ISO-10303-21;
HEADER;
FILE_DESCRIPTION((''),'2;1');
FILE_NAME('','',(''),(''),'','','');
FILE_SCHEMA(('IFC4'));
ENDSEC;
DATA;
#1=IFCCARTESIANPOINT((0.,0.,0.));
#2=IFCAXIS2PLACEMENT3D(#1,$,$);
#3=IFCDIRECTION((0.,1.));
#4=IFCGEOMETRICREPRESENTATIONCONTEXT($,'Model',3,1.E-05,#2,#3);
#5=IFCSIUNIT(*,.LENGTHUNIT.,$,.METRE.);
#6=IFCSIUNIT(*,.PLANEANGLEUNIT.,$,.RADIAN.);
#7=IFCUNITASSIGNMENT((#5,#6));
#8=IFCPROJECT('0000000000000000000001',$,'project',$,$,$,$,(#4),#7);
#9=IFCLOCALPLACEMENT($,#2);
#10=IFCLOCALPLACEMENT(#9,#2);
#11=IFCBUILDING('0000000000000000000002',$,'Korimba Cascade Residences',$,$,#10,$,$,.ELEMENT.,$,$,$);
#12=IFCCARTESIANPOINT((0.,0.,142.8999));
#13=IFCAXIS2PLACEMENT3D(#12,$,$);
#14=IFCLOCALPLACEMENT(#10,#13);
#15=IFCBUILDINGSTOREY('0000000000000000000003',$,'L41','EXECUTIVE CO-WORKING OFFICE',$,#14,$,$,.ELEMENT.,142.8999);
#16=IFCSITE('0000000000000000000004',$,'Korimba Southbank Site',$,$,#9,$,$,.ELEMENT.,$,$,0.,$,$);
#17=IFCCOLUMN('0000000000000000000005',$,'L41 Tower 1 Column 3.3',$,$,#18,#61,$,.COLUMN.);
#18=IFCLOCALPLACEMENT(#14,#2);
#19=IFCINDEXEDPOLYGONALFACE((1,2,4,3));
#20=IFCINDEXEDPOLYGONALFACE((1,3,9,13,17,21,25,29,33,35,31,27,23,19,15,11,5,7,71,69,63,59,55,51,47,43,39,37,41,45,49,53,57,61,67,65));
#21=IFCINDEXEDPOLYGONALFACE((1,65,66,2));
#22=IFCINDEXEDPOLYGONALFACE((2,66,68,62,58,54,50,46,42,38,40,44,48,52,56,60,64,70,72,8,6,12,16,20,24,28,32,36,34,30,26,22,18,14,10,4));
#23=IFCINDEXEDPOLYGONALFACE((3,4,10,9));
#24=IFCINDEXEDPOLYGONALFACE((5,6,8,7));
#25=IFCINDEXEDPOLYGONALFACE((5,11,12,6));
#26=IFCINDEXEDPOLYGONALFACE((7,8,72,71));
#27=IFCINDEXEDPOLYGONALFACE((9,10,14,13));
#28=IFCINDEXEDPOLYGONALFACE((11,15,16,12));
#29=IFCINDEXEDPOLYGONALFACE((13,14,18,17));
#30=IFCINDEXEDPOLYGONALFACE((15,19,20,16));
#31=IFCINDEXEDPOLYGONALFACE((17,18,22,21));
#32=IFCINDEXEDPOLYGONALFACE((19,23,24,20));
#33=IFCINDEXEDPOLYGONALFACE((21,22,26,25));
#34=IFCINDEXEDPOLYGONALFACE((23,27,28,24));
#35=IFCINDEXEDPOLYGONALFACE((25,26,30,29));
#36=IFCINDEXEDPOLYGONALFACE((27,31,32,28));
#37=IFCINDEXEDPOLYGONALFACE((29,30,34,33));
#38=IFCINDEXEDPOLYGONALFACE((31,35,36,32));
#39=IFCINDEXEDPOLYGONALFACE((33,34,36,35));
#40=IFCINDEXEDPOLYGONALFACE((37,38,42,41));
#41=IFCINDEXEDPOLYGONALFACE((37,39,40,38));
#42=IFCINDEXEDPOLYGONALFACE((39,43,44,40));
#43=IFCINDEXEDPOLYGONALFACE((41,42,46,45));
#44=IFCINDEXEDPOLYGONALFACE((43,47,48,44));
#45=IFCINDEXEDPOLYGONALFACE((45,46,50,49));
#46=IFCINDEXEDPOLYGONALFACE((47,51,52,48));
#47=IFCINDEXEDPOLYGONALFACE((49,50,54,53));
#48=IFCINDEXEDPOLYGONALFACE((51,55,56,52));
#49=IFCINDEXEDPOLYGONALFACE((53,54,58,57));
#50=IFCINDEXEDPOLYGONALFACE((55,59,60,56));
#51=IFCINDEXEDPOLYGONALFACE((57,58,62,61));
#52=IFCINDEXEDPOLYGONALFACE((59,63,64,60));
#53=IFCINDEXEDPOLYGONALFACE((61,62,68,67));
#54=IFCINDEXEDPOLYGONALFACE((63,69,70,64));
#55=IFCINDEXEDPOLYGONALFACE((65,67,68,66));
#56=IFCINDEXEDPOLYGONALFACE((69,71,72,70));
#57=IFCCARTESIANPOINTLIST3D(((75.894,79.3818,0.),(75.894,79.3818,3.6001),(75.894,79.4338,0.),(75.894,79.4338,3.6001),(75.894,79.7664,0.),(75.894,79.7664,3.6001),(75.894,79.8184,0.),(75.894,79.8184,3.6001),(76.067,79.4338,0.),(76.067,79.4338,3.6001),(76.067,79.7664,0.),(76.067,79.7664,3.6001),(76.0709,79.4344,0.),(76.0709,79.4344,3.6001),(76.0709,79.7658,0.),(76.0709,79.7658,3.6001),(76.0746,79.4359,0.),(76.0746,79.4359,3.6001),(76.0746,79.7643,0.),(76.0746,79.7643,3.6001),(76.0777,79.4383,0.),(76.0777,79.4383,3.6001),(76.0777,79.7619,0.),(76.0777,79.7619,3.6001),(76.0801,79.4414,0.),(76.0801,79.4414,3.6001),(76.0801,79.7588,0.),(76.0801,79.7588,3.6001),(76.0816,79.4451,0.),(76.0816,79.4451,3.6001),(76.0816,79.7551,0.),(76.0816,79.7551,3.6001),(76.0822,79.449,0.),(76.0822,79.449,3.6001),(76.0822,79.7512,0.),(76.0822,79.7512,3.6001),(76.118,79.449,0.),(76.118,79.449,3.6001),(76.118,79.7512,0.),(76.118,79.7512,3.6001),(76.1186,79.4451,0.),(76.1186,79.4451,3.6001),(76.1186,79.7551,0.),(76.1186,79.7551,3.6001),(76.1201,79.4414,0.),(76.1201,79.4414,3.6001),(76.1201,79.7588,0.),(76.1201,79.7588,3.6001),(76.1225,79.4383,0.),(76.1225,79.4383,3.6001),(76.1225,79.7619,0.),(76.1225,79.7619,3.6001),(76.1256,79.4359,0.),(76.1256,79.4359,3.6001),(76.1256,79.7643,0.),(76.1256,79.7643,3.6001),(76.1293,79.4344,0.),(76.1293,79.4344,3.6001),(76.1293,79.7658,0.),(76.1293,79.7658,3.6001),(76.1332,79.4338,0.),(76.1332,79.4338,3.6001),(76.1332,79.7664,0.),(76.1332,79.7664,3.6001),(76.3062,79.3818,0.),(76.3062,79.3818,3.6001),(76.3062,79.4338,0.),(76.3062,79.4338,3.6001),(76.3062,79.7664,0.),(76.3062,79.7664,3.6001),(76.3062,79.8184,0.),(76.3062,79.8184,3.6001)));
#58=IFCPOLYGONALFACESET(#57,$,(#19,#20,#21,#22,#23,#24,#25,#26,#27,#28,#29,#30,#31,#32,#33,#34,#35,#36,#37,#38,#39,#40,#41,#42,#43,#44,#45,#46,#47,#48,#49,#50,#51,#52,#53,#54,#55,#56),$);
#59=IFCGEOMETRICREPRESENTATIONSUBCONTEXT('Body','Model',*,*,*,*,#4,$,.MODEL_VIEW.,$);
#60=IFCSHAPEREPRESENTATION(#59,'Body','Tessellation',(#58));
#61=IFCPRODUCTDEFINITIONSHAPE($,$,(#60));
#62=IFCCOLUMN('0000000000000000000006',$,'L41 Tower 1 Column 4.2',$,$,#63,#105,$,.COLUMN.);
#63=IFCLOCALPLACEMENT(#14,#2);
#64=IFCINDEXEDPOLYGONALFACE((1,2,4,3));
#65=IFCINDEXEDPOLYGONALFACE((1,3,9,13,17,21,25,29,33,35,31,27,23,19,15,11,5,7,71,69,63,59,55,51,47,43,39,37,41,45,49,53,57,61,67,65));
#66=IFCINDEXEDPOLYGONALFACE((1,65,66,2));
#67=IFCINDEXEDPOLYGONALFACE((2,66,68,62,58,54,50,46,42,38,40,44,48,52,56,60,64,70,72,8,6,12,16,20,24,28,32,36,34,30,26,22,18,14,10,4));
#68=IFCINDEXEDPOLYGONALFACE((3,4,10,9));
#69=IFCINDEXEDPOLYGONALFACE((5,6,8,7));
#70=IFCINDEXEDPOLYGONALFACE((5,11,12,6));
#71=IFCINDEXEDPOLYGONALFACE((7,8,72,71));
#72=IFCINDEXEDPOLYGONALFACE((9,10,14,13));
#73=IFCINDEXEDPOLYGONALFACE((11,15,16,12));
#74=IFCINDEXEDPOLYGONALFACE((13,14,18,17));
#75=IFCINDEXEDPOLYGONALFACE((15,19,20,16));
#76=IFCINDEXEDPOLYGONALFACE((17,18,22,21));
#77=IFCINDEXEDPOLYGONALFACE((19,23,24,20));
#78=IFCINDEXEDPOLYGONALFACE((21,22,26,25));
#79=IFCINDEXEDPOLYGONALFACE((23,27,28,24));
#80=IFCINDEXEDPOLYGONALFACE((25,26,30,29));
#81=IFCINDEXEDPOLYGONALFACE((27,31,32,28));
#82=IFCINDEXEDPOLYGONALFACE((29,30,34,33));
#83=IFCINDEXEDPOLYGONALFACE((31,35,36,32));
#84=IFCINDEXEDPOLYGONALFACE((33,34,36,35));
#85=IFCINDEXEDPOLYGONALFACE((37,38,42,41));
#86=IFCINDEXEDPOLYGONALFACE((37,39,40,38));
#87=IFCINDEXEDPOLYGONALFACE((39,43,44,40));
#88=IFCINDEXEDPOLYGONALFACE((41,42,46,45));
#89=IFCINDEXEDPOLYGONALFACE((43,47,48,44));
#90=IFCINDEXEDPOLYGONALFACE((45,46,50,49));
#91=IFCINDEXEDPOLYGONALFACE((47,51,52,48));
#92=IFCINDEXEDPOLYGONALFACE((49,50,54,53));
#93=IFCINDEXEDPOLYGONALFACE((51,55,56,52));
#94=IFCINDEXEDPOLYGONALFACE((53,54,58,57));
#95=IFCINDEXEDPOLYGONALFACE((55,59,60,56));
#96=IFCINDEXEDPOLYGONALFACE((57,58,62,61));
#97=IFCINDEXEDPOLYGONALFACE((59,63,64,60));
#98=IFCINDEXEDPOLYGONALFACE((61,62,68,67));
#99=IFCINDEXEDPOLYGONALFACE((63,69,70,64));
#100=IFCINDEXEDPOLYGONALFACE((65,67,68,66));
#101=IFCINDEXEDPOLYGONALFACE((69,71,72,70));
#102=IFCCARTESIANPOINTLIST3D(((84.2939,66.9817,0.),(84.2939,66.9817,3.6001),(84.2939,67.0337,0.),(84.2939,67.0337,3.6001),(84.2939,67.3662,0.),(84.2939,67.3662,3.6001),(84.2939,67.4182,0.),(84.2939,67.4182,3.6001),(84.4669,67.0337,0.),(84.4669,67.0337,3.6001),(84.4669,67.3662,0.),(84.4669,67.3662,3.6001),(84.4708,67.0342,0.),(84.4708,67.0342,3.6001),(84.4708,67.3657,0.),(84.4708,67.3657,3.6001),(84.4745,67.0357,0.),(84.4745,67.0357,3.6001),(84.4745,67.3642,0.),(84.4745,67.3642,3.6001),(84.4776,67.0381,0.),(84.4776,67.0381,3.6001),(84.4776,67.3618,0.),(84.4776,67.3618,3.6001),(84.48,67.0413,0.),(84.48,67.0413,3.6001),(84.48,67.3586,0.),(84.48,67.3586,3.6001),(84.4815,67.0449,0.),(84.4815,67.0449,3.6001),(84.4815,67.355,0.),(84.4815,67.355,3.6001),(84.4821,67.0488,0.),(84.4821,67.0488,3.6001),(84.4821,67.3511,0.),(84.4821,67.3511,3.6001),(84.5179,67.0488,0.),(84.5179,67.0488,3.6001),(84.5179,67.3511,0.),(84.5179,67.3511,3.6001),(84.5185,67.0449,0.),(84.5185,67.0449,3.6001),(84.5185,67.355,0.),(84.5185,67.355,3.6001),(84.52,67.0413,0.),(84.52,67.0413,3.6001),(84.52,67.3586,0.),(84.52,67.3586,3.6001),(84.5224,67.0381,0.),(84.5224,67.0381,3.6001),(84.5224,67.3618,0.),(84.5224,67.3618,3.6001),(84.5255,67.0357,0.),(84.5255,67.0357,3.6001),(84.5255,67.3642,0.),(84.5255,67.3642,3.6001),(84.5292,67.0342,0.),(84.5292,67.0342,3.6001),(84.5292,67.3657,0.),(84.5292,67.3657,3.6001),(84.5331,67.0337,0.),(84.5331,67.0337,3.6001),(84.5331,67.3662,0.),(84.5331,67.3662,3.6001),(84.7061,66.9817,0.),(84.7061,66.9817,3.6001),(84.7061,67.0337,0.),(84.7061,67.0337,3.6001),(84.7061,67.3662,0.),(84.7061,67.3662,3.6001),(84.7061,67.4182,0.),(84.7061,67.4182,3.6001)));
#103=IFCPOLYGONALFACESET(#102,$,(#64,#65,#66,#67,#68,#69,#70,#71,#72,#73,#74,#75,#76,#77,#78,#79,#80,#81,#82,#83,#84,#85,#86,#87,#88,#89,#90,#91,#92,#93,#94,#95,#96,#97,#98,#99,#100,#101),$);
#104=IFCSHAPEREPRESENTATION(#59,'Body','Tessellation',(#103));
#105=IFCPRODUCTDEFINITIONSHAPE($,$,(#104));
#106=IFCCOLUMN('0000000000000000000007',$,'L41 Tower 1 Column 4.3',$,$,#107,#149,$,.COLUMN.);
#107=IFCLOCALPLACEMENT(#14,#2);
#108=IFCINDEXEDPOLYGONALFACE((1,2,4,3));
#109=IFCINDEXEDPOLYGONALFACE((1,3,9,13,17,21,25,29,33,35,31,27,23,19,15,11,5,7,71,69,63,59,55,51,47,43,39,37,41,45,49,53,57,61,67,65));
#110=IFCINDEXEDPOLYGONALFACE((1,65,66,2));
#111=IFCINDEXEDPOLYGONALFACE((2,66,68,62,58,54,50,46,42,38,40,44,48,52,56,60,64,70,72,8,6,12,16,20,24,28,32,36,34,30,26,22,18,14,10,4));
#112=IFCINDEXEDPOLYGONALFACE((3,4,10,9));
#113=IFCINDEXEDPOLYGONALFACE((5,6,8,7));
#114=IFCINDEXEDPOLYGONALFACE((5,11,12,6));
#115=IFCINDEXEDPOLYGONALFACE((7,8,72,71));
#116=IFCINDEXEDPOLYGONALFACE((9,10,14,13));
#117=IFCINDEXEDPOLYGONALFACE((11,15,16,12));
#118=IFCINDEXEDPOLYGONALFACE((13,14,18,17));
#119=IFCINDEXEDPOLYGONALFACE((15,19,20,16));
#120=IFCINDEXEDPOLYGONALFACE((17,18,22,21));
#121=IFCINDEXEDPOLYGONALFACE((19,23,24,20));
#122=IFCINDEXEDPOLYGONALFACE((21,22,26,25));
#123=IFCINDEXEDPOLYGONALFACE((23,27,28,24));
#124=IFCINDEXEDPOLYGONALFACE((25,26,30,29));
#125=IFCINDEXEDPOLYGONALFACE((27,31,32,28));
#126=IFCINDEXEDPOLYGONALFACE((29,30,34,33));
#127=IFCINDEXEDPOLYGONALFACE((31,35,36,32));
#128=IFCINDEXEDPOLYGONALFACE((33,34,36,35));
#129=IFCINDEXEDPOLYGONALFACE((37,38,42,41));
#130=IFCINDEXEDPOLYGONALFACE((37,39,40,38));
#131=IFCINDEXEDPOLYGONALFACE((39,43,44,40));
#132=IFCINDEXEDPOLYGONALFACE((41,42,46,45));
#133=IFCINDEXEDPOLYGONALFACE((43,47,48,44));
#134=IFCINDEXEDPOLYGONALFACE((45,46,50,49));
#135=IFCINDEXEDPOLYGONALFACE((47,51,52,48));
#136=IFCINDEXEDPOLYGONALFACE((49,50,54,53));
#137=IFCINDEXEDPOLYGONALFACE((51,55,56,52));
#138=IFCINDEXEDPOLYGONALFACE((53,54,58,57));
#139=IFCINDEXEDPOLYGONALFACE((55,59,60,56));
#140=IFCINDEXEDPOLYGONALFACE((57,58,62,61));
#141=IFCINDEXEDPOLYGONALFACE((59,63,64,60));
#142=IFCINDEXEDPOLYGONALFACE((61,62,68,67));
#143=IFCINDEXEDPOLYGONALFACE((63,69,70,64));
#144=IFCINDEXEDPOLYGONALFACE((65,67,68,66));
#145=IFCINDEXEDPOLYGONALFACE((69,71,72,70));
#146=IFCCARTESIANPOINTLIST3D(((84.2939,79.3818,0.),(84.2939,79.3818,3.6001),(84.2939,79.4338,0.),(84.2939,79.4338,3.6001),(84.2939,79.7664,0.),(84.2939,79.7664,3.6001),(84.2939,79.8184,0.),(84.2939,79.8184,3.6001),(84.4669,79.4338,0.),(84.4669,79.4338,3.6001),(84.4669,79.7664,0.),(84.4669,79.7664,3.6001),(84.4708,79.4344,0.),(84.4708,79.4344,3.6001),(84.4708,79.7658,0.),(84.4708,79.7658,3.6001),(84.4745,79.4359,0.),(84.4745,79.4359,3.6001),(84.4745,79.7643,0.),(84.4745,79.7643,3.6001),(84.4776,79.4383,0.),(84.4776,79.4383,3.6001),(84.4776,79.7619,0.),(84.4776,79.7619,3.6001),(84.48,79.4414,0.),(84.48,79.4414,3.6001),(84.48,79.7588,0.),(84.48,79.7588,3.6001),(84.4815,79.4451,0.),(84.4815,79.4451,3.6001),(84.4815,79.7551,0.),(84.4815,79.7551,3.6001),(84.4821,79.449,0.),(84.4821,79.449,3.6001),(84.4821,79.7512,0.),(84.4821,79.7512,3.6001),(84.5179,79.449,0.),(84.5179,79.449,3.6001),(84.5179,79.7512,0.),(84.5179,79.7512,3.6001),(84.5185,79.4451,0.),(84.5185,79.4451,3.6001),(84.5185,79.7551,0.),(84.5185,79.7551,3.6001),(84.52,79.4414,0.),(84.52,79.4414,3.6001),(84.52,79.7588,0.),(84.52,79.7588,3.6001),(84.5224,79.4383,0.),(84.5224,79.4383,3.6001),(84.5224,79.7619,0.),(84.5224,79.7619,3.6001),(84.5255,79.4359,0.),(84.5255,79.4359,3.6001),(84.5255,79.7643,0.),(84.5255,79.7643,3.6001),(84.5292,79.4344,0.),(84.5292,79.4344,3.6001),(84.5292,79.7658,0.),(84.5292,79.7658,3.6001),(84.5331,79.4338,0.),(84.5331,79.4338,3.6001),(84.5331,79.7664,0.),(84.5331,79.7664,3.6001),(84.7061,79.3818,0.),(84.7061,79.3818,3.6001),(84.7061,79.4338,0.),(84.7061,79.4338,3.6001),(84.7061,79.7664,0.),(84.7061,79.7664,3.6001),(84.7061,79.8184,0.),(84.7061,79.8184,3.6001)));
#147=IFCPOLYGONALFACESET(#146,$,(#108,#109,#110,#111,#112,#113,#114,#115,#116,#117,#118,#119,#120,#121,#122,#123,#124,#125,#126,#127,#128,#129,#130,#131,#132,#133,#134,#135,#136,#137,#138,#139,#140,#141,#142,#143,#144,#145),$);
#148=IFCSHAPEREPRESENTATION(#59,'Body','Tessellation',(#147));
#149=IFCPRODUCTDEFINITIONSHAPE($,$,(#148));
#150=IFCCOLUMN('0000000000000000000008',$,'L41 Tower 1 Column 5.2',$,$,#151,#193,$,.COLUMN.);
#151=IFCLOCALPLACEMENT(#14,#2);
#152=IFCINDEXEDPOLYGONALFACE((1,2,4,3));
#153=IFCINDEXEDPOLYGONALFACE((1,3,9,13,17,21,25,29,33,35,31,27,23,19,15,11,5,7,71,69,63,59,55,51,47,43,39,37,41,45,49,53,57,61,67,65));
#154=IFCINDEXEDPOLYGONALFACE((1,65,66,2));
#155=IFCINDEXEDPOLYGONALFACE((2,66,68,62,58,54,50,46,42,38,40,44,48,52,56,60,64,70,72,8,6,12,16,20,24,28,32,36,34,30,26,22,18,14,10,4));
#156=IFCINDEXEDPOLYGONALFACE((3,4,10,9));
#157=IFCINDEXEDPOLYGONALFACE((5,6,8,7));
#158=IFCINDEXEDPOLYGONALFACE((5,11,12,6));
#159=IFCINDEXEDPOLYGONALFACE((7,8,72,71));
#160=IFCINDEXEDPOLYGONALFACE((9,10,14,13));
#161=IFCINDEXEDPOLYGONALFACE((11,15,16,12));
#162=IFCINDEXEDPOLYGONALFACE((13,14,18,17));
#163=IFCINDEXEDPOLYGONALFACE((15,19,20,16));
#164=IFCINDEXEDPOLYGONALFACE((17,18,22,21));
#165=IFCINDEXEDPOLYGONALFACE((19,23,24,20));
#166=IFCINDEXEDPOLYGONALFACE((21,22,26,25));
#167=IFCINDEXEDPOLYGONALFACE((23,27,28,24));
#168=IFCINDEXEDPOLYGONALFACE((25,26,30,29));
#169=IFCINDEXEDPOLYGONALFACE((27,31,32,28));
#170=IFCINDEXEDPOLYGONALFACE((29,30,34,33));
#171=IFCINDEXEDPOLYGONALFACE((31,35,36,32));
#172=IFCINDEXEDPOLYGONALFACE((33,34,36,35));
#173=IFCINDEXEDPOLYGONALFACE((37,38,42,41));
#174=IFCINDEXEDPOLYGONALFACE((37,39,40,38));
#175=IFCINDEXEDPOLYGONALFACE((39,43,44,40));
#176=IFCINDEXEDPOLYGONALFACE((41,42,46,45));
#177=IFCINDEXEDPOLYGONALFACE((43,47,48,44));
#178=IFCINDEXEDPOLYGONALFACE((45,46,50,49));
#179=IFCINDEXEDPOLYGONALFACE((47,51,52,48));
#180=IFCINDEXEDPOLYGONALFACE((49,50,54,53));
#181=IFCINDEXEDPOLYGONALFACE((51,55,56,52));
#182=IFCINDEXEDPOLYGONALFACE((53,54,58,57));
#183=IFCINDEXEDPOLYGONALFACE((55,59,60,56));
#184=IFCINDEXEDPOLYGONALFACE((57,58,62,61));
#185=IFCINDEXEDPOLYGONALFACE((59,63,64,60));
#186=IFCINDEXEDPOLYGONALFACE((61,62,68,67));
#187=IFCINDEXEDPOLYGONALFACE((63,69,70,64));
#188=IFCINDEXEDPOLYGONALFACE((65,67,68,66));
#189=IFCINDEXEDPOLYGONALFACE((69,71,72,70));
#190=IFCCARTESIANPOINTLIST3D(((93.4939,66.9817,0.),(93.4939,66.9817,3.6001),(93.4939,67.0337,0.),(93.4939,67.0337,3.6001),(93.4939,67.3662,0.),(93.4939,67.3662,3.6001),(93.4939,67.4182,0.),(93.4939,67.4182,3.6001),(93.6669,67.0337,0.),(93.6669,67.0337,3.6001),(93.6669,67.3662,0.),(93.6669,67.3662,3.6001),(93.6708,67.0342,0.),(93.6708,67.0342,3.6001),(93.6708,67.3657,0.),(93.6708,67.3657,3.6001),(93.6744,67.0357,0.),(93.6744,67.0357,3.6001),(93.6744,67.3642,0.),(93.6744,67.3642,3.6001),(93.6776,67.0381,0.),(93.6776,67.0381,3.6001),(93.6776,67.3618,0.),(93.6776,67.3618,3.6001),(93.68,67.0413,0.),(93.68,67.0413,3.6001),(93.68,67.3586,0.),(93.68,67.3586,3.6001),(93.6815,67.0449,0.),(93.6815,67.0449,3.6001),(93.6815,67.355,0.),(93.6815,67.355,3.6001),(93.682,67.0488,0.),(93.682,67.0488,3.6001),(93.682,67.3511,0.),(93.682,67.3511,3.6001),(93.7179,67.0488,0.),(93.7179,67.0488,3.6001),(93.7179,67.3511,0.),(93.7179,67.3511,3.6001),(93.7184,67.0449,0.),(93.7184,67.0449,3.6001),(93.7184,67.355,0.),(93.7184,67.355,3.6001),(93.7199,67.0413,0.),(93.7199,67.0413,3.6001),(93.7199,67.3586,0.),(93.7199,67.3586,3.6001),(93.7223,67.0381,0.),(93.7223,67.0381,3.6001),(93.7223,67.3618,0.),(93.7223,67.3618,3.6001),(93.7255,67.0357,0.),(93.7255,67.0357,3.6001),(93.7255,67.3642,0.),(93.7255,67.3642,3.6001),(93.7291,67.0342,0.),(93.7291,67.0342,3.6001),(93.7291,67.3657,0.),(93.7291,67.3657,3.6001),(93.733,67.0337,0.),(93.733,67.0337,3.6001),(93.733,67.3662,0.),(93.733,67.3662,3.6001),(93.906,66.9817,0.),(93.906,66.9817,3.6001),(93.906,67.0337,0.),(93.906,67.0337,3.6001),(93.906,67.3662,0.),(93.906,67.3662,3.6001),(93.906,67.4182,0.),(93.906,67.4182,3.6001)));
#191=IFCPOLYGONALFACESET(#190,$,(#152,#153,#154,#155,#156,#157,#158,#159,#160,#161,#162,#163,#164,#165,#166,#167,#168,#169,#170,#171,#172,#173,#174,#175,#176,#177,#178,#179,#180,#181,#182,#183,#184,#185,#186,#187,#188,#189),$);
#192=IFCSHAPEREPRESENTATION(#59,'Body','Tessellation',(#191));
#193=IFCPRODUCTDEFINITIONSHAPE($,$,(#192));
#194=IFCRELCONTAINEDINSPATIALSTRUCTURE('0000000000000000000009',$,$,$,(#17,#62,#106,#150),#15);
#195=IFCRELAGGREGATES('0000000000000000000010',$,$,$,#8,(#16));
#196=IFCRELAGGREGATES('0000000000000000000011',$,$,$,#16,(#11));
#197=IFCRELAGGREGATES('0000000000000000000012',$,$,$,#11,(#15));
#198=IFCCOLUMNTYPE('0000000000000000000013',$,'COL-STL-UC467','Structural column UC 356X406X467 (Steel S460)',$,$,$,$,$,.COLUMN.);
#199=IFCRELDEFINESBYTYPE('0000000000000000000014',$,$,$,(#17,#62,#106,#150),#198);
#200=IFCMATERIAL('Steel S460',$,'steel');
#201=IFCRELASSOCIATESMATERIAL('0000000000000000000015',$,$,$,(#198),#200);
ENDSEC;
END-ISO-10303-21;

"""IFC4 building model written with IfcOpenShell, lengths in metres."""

from ifc_helpers import new_model, si_unit, direction, frame, origin, origin_2d, place, context, subcontext, project, spatial, i_section, extrude, material, material_profile, profile_set, type_object, element, save


model = new_model("IFC4")

# Units and contexts
model_context = context("Model", 3, precision=1e-05, world=origin(), true_north=direction((0.0, 1.0)))
body_context = subcontext(model_context, "Body", "Model", "MODEL_VIEW")
ifc_project = project(units=[si_unit("LENGTHUNIT", "METRE"), si_unit("PLANEANGLEUNIT", "RADIAN")], contexts=[model_context])

# Site, building, storey
site_placement = place(None, origin())
site = spatial("IfcSite", under=ifc_project, at=site_placement, Name="Korimba Southbank Site", CompositionType="ELEMENT", RefElevation=0.0)
building_placement = place(site_placement, origin())
building = spatial("IfcBuilding", under=site, at=building_placement, Name="Korimba Cascade Residences", CompositionType="ELEMENT")
storey_placement = place(building_placement, frame((0.0, 0.0, 142.8999)))
storey = spatial("IfcBuildingStorey", under=building, at=storey_placement, Name="L41", Description="EXECUTIVE CO-WORKING OFFICE", CompositionType="ELEMENT", Elevation=142.8999)

# Columns
ifc_material_1 = material(Name="Steel S460", Category="steel")
ifc_material_profile_1 = material_profile(ifc_material_1, i_section(OverallWidth=0.4121, OverallDepth=0.4365, WebThickness=0.0359, FlangeThickness=0.052, FilletRadius=0.0151, at=origin_2d()), Name="Steel S460")
ifc_profile_set_1 = profile_set([ifc_material_profile_1], Name="Steel S460")
column_type = type_object("IfcColumnType", Name="COL-STL-UC467", Description="Structural column UC 356X406X467 (Steel S460)", PredefinedType="COLUMN", material=ifc_profile_set_1)
for number, where, z_axis, x_axis, name in (
    (1, (76.1001, 79.6001, 0.0), (0.0, 0.0, 1.0), (1.0, 0.0, 0.0), "L41 Tower 1 Column 3.3"),
    (2, (84.5, 67.2, 0.0), (0.0, 0.0, 1.0), (1.0, 0.0, 0.0), "L41 Tower 1 Column 4.2"),
    (3, (84.5, 79.6001, 0.0), (0.0, 0.0, 1.0), (1.0, 0.0, 0.0), "L41 Tower 1 Column 4.3"),
    (4, (93.7, 67.2, 0.0), (0.0, 0.0, 1.0), (1.0, 0.0, 0.0), "L41 Tower 1 Column 5.2"),
):
    element("IfcColumn", number, at=place(storey_placement, frame(where, z_axis=z_axis, x_axis=x_axis)), inside=storey, type_object=column_type, Name=name, PredefinedType="COLUMN", context=body_context, shape_type="SweptSolid", body=[
        extrude(i_section(OverallWidth=0.4121, OverallDepth=0.4365, WebThickness=0.0359, FlangeThickness=0.052, FilletRadius=0.0151, at=origin_2d()), origin(), (0.0, 0.0, 1.0), 3.6001),
    ])

save(model, "model.ifc")
